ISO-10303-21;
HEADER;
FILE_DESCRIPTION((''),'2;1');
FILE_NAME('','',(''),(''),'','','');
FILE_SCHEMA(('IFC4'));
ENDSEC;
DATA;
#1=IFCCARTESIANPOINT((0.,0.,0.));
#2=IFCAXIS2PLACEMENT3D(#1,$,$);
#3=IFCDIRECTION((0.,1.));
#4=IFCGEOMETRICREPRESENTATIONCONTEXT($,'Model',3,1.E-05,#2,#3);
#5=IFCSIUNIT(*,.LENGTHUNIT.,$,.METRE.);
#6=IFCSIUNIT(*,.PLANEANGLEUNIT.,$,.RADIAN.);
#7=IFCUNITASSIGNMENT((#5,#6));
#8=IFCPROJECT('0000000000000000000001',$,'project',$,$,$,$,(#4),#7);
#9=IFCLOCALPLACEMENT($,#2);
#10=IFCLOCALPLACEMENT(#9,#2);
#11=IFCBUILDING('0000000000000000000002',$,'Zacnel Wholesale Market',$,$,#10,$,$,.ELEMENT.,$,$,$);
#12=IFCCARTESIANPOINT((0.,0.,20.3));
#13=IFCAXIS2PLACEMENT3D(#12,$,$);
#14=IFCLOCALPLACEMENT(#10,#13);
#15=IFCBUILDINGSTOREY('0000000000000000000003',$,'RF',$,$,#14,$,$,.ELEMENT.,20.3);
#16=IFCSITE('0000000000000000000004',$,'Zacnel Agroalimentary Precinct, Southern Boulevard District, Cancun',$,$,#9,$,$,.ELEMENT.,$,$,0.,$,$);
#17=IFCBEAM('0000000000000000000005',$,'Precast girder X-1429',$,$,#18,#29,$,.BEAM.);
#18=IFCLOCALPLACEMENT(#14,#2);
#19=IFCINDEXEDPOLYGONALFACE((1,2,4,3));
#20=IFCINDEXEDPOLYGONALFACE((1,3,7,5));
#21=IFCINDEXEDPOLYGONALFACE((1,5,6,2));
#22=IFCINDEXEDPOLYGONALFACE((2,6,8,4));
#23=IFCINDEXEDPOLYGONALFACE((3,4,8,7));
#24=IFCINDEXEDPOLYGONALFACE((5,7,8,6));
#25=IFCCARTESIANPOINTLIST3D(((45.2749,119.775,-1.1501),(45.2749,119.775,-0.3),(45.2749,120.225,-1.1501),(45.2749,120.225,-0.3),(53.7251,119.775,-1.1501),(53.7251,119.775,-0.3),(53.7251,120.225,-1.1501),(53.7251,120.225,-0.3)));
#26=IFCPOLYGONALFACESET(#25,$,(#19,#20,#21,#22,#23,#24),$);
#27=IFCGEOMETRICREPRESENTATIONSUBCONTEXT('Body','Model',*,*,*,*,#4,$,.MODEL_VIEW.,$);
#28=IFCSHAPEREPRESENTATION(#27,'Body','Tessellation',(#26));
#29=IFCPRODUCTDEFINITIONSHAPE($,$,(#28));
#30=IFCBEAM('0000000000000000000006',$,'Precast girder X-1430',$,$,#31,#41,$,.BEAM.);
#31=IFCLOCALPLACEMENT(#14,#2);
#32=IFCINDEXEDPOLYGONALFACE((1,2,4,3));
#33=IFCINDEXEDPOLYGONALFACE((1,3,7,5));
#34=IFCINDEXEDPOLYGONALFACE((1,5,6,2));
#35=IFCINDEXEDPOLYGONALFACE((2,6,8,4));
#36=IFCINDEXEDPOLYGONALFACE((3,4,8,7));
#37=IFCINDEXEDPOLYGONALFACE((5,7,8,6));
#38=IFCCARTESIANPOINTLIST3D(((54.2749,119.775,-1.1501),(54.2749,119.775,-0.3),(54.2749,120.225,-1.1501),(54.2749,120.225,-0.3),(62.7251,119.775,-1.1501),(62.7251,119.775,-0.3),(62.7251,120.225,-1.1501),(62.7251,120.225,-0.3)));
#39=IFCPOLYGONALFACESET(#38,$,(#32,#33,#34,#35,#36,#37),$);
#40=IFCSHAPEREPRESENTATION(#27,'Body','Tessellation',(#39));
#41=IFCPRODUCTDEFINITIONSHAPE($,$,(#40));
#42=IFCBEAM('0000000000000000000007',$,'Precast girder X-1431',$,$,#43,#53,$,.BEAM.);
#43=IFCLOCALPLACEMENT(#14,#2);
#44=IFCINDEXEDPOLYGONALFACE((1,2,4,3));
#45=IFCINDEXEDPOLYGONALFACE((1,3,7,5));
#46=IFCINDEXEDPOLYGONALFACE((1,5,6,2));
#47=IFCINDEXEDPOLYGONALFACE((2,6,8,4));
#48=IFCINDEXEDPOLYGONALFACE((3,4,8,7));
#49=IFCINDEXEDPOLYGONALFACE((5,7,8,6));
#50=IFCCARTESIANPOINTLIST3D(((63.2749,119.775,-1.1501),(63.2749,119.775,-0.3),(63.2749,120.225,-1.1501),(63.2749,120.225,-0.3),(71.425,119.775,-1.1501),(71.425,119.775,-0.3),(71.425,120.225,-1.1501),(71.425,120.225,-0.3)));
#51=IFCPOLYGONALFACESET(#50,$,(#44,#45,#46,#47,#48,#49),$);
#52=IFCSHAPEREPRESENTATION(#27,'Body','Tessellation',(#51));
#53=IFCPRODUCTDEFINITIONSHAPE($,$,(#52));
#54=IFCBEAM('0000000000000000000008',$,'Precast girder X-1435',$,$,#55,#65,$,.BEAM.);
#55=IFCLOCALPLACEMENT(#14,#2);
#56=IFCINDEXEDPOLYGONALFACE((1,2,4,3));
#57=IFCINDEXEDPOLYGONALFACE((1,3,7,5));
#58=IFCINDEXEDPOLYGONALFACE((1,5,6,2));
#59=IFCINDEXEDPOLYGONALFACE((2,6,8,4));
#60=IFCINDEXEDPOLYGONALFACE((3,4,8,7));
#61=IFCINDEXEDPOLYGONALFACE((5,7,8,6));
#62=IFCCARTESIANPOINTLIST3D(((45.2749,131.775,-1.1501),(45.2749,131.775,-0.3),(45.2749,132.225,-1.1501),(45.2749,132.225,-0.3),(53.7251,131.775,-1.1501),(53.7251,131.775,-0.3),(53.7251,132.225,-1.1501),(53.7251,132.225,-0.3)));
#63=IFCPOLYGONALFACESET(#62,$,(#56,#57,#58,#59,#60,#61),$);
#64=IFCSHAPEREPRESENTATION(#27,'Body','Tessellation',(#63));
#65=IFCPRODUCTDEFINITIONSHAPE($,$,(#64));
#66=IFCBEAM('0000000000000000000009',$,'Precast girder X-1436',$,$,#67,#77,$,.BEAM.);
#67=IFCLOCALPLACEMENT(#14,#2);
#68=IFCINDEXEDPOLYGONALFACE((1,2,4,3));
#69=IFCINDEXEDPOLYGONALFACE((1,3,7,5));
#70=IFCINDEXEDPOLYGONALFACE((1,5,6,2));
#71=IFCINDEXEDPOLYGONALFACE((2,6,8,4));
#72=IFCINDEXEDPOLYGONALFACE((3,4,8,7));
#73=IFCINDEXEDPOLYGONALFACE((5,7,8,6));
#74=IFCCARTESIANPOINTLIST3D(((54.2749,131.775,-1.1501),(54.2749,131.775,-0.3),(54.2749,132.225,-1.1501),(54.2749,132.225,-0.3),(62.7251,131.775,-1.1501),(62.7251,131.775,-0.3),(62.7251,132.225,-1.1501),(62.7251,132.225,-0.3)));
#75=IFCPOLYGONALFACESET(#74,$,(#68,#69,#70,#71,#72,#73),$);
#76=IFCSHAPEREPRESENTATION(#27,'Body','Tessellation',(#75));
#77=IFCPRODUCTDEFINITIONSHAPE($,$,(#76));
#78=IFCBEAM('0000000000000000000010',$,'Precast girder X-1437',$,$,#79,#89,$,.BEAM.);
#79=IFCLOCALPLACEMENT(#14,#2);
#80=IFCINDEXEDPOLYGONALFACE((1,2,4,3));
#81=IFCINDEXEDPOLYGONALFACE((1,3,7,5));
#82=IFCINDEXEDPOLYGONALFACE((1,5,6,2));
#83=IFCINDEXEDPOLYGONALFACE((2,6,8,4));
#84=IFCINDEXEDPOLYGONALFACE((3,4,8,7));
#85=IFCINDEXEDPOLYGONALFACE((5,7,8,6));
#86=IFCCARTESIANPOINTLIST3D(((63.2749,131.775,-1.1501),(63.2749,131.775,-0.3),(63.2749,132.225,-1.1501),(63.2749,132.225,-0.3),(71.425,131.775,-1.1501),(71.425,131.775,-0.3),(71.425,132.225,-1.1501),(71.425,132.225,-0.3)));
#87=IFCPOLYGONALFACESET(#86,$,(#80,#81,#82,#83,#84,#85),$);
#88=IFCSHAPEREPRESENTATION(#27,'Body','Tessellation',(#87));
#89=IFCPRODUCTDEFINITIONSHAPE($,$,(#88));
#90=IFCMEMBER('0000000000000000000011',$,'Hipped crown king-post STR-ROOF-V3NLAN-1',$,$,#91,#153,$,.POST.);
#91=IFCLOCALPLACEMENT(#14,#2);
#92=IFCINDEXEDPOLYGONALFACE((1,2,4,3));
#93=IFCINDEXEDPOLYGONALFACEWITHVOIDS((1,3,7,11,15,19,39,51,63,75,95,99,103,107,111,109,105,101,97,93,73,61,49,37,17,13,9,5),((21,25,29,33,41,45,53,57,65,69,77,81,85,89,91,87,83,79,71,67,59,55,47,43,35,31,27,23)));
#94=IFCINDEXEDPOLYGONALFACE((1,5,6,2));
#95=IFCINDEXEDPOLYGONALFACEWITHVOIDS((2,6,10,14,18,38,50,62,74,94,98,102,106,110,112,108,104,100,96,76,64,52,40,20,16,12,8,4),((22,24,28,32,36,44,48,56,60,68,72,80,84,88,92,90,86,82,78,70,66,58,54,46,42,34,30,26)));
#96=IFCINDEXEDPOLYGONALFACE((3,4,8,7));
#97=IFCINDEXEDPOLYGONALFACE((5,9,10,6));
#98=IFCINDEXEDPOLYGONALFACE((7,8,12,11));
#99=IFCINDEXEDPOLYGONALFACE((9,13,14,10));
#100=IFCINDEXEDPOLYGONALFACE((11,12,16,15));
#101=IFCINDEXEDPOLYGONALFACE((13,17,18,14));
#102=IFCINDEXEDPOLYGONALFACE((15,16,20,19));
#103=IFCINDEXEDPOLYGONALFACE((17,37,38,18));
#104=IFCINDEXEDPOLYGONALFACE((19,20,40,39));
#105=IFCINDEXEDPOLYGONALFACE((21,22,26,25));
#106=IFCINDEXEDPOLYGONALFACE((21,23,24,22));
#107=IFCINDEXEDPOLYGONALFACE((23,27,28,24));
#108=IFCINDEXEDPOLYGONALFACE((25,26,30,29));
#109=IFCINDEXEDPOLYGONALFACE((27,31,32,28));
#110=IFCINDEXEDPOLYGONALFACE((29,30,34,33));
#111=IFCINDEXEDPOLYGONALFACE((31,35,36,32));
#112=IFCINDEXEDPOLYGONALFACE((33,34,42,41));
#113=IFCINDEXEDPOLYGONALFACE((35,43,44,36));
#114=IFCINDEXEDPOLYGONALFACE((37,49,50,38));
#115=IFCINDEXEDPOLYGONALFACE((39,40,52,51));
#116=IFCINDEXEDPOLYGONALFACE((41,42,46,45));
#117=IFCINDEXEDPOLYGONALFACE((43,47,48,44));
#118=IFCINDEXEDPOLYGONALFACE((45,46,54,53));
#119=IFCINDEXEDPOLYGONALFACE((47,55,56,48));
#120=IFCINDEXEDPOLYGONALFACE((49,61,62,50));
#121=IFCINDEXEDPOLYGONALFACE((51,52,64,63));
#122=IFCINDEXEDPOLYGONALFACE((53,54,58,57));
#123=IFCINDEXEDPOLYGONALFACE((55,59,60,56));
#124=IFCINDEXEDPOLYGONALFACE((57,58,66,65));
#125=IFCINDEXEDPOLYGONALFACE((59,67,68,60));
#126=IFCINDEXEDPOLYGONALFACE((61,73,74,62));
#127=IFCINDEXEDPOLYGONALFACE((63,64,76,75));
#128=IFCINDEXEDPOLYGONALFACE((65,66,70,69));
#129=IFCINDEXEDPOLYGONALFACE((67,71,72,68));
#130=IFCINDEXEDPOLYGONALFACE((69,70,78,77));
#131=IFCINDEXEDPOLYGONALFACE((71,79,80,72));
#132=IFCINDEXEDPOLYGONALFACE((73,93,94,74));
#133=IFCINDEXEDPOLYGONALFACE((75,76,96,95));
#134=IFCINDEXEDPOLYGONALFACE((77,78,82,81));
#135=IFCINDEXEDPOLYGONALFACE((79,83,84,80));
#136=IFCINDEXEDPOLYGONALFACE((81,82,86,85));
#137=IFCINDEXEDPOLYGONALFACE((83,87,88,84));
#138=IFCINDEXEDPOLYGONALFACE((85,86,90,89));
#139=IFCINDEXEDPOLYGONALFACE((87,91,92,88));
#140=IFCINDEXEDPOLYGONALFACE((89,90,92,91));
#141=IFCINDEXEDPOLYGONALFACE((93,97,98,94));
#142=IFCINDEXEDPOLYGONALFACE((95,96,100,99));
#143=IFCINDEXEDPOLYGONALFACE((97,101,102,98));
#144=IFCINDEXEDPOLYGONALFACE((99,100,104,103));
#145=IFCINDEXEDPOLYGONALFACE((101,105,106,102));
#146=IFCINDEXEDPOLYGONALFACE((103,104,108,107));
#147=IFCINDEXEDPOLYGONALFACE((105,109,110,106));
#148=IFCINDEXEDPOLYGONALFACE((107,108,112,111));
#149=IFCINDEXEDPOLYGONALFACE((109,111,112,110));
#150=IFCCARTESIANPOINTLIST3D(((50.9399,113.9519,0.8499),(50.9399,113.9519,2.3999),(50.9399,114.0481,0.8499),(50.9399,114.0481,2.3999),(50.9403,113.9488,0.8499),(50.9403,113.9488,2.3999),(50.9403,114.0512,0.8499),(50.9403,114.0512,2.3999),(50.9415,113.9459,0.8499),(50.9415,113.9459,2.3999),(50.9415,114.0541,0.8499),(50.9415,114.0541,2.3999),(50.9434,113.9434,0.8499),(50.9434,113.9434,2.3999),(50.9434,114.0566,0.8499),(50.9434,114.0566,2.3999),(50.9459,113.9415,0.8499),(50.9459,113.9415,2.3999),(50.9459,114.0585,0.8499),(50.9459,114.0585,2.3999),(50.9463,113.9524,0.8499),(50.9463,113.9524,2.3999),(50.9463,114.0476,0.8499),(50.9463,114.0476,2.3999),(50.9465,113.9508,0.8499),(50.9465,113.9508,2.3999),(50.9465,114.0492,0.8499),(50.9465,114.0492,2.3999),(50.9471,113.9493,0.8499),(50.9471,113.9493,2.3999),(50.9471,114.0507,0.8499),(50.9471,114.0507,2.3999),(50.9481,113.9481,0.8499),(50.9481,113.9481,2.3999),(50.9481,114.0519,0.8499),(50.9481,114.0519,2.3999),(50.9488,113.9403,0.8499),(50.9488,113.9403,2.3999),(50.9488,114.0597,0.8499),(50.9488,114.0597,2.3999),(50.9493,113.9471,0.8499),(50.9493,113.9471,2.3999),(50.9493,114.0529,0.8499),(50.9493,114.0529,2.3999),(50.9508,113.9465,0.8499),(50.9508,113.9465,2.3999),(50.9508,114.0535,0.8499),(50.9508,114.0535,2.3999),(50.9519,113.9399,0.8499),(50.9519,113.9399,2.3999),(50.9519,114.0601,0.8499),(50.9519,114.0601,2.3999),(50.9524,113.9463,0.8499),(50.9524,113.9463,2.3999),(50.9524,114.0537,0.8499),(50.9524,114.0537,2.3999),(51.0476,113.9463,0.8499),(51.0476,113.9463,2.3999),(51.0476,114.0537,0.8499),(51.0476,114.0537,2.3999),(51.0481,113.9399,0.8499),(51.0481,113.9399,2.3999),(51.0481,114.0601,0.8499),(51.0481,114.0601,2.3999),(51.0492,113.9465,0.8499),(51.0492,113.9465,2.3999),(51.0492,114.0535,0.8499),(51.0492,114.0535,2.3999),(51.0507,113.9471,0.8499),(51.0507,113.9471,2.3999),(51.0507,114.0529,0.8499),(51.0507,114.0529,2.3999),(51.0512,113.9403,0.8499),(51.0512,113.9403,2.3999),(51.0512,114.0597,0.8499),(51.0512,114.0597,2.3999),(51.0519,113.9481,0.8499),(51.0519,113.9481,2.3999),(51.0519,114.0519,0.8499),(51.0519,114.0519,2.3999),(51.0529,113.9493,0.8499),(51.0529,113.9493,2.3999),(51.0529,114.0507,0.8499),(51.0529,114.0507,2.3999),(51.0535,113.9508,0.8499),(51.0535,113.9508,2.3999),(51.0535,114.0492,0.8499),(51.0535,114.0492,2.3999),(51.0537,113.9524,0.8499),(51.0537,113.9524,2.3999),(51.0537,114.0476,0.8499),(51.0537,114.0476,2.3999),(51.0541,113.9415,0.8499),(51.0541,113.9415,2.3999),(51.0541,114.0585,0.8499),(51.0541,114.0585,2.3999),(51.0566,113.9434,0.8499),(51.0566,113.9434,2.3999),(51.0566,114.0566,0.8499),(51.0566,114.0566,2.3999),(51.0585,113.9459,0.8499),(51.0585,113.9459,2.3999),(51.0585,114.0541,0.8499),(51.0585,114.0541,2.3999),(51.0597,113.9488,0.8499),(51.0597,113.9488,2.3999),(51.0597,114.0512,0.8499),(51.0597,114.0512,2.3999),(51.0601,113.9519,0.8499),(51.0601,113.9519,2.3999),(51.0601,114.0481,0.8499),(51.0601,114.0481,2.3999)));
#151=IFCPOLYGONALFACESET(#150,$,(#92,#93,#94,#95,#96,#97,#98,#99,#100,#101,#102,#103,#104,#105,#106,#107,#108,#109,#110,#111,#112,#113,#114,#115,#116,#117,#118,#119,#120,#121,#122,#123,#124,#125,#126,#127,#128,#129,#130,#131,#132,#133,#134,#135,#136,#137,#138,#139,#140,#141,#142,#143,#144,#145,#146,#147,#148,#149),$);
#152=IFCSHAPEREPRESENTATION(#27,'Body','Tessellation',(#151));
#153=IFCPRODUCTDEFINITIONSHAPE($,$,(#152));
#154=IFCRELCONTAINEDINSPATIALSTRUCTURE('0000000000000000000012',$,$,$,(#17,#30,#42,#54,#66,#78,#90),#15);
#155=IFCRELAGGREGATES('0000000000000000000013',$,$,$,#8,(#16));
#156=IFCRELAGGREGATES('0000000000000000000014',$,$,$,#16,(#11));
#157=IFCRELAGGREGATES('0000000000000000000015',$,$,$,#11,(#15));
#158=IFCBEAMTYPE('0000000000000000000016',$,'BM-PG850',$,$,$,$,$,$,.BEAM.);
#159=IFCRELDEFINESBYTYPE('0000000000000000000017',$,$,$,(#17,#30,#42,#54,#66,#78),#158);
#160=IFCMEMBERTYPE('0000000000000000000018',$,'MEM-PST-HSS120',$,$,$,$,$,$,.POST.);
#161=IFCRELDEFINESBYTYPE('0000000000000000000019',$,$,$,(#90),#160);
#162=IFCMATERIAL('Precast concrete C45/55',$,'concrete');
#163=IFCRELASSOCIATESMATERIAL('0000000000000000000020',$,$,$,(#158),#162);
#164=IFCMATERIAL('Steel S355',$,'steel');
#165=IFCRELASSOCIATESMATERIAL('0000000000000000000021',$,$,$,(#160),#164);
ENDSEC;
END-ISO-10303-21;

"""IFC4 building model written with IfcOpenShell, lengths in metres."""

from ifc_helpers import new_model, si_unit, direction, frame, origin, origin_2d, place, context, subcontext, project, spatial, rectangle, hollow_rectangle, extrude, material, material_profile, profile_set, type_object, element, save


model = new_model("IFC4")

# Units and contexts
model_context = context("Model", 3, precision=1e-05, world=origin(), true_north=direction((0.0, 1.0)))
body_context = subcontext(model_context, "Body", "Model", "MODEL_VIEW")
ifc_project = project(units=[si_unit("LENGTHUNIT", "METRE"), si_unit("PLANEANGLEUNIT", "RADIAN")], contexts=[model_context])

# Site, building, storey
site_placement = place(None, origin())
site = spatial("IfcSite", under=ifc_project, at=site_placement, Name="Zacnel Agroalimentary Precinct, Southern Boulevard District, Cancun", CompositionType="ELEMENT", RefElevation=0.0)
building_placement = place(site_placement, origin())
building = spatial("IfcBuilding", under=site, at=building_placement, Name="Zacnel Wholesale Market", CompositionType="ELEMENT")
storey_placement = place(building_placement, frame((0.0, 0.0, 20.3)))
storey = spatial("IfcBuildingStorey", under=building, at=storey_placement, Name="RF", CompositionType="ELEMENT", Elevation=20.3)

# Beams
ifc_material_1 = material(Name="Precast concrete C45/55", Category="concrete")
ifc_material_profile_1 = material_profile(ifc_material_1, rectangle(XDim=0.45, YDim=0.8501, at=origin_2d()), Name="PG 450x850")
ifc_profile_set_1 = profile_set([ifc_material_profile_1], Name="Precast concrete C45/55")
beam_type_1 = type_object("IfcBeamType", Name="BM-PG850", PredefinedType="BEAM", material=ifc_profile_set_1)
for number, where, z_axis, x_axis, name in (
    (1, (45.2749, 120.0, -0.7251), (1.0, 0.0, 0.0), (0.0, 1.0, 0.0), "Precast girder X-1429"),
    (2, (54.2749, 120.0, -0.7251), (1.0, 0.0, 0.0), (0.0, 1.0, 0.0), "Precast girder X-1430"),
):
    element("IfcBeam", number, at=place(storey_placement, frame(where, z_axis=z_axis, x_axis=x_axis)), inside=storey, type_object=beam_type_1, Name=name, PredefinedType="BEAM", context=body_context, shape_type="SweptSolid", body=[
        extrude(rectangle(XDim=0.45, YDim=0.8501, at=origin_2d()), origin(), (0.0, 0.0, 1.0), 8.4502),
    ])
beam_1_placement = place(storey_placement, frame((63.2749, 120.0, -0.7251), z_axis=(1.0, 0.0, 0.0), x_axis=(0.0, 1.0, 0.0)))
element("IfcBeam", 3, at=beam_1_placement, inside=storey, type_object=beam_type_1, Name="Precast girder X-1431", PredefinedType="BEAM", context=body_context, shape_type="SweptSolid", body=[
    extrude(rectangle(XDim=0.45, YDim=0.8501, at=origin_2d()), origin(), (0.0, 0.0, 1.0), 8.1501),
])
for number, where, z_axis, x_axis, name in (
    (4, (45.2749, 132.0, -0.7251), (1.0, 0.0, 0.0), (0.0, 1.0, 0.0), "Precast girder X-1435"),
    (5, (54.2749, 132.0, -0.7251), (1.0, 0.0, 0.0), (0.0, 1.0, 0.0), "Precast girder X-1436"),
):
    element("IfcBeam", number, at=place(storey_placement, frame(where, z_axis=z_axis, x_axis=x_axis)), inside=storey, type_object=beam_type_1, Name=name, PredefinedType="BEAM", context=body_context, shape_type="SweptSolid", body=[
        extrude(rectangle(XDim=0.45, YDim=0.8501, at=origin_2d()), origin(), (0.0, 0.0, 1.0), 8.4502),
    ])
beam_2_placement = place(storey_placement, frame((63.2749, 132.0, -0.7251), z_axis=(1.0, 0.0, 0.0), x_axis=(0.0, 1.0, 0.0)))
element("IfcBeam", 6, at=beam_2_placement, inside=storey, type_object=beam_type_1, Name="Precast girder X-1437", PredefinedType="BEAM", context=body_context, shape_type="SweptSolid", body=[
    extrude(rectangle(XDim=0.45, YDim=0.8501, at=origin_2d()), origin(), (0.0, 0.0, 1.0), 8.1501),
])

# Member
ifc_material_2 = material(Name="Steel S355", Category="steel")
ifc_material_profile_2 = material_profile(ifc_material_2, hollow_rectangle(XDim=0.1201, YDim=0.1201, WallThickness=0.0063, InnerFilletRadius=0.0061, OuterFilletRadius=0.012, at=origin_2d()), Name="HSS 120x120x6.3")
ifc_profile_set_2 = profile_set([ifc_material_profile_2], Name="Steel S355")
member_type = type_object("IfcMemberType", Name="MEM-PST-HSS120", PredefinedType="POST", material=ifc_profile_set_2)
for number, where, z_axis, x_axis, name in (
    (7, (51.0, 114.0, 0.8499), (0.0, 0.0, 1.0), (1.0, 0.0, 0.0), "Hipped crown king-post STR-ROOF-V3NLAN-1"),
):
    element("IfcMember", number, at=place(storey_placement, frame(where, z_axis=z_axis, x_axis=x_axis)), inside=storey, type_object=member_type, Name=name, PredefinedType="POST", context=body_context, shape_type="SweptSolid", body=[
        extrude(hollow_rectangle(XDim=0.1201, YDim=0.1201, WallThickness=0.0063, InnerFilletRadius=0.0061, OuterFilletRadius=0.012, at=origin_2d()), origin(), (0.0, 0.0, 1.0), 1.55),
    ])

save(model, "model.ifc")
